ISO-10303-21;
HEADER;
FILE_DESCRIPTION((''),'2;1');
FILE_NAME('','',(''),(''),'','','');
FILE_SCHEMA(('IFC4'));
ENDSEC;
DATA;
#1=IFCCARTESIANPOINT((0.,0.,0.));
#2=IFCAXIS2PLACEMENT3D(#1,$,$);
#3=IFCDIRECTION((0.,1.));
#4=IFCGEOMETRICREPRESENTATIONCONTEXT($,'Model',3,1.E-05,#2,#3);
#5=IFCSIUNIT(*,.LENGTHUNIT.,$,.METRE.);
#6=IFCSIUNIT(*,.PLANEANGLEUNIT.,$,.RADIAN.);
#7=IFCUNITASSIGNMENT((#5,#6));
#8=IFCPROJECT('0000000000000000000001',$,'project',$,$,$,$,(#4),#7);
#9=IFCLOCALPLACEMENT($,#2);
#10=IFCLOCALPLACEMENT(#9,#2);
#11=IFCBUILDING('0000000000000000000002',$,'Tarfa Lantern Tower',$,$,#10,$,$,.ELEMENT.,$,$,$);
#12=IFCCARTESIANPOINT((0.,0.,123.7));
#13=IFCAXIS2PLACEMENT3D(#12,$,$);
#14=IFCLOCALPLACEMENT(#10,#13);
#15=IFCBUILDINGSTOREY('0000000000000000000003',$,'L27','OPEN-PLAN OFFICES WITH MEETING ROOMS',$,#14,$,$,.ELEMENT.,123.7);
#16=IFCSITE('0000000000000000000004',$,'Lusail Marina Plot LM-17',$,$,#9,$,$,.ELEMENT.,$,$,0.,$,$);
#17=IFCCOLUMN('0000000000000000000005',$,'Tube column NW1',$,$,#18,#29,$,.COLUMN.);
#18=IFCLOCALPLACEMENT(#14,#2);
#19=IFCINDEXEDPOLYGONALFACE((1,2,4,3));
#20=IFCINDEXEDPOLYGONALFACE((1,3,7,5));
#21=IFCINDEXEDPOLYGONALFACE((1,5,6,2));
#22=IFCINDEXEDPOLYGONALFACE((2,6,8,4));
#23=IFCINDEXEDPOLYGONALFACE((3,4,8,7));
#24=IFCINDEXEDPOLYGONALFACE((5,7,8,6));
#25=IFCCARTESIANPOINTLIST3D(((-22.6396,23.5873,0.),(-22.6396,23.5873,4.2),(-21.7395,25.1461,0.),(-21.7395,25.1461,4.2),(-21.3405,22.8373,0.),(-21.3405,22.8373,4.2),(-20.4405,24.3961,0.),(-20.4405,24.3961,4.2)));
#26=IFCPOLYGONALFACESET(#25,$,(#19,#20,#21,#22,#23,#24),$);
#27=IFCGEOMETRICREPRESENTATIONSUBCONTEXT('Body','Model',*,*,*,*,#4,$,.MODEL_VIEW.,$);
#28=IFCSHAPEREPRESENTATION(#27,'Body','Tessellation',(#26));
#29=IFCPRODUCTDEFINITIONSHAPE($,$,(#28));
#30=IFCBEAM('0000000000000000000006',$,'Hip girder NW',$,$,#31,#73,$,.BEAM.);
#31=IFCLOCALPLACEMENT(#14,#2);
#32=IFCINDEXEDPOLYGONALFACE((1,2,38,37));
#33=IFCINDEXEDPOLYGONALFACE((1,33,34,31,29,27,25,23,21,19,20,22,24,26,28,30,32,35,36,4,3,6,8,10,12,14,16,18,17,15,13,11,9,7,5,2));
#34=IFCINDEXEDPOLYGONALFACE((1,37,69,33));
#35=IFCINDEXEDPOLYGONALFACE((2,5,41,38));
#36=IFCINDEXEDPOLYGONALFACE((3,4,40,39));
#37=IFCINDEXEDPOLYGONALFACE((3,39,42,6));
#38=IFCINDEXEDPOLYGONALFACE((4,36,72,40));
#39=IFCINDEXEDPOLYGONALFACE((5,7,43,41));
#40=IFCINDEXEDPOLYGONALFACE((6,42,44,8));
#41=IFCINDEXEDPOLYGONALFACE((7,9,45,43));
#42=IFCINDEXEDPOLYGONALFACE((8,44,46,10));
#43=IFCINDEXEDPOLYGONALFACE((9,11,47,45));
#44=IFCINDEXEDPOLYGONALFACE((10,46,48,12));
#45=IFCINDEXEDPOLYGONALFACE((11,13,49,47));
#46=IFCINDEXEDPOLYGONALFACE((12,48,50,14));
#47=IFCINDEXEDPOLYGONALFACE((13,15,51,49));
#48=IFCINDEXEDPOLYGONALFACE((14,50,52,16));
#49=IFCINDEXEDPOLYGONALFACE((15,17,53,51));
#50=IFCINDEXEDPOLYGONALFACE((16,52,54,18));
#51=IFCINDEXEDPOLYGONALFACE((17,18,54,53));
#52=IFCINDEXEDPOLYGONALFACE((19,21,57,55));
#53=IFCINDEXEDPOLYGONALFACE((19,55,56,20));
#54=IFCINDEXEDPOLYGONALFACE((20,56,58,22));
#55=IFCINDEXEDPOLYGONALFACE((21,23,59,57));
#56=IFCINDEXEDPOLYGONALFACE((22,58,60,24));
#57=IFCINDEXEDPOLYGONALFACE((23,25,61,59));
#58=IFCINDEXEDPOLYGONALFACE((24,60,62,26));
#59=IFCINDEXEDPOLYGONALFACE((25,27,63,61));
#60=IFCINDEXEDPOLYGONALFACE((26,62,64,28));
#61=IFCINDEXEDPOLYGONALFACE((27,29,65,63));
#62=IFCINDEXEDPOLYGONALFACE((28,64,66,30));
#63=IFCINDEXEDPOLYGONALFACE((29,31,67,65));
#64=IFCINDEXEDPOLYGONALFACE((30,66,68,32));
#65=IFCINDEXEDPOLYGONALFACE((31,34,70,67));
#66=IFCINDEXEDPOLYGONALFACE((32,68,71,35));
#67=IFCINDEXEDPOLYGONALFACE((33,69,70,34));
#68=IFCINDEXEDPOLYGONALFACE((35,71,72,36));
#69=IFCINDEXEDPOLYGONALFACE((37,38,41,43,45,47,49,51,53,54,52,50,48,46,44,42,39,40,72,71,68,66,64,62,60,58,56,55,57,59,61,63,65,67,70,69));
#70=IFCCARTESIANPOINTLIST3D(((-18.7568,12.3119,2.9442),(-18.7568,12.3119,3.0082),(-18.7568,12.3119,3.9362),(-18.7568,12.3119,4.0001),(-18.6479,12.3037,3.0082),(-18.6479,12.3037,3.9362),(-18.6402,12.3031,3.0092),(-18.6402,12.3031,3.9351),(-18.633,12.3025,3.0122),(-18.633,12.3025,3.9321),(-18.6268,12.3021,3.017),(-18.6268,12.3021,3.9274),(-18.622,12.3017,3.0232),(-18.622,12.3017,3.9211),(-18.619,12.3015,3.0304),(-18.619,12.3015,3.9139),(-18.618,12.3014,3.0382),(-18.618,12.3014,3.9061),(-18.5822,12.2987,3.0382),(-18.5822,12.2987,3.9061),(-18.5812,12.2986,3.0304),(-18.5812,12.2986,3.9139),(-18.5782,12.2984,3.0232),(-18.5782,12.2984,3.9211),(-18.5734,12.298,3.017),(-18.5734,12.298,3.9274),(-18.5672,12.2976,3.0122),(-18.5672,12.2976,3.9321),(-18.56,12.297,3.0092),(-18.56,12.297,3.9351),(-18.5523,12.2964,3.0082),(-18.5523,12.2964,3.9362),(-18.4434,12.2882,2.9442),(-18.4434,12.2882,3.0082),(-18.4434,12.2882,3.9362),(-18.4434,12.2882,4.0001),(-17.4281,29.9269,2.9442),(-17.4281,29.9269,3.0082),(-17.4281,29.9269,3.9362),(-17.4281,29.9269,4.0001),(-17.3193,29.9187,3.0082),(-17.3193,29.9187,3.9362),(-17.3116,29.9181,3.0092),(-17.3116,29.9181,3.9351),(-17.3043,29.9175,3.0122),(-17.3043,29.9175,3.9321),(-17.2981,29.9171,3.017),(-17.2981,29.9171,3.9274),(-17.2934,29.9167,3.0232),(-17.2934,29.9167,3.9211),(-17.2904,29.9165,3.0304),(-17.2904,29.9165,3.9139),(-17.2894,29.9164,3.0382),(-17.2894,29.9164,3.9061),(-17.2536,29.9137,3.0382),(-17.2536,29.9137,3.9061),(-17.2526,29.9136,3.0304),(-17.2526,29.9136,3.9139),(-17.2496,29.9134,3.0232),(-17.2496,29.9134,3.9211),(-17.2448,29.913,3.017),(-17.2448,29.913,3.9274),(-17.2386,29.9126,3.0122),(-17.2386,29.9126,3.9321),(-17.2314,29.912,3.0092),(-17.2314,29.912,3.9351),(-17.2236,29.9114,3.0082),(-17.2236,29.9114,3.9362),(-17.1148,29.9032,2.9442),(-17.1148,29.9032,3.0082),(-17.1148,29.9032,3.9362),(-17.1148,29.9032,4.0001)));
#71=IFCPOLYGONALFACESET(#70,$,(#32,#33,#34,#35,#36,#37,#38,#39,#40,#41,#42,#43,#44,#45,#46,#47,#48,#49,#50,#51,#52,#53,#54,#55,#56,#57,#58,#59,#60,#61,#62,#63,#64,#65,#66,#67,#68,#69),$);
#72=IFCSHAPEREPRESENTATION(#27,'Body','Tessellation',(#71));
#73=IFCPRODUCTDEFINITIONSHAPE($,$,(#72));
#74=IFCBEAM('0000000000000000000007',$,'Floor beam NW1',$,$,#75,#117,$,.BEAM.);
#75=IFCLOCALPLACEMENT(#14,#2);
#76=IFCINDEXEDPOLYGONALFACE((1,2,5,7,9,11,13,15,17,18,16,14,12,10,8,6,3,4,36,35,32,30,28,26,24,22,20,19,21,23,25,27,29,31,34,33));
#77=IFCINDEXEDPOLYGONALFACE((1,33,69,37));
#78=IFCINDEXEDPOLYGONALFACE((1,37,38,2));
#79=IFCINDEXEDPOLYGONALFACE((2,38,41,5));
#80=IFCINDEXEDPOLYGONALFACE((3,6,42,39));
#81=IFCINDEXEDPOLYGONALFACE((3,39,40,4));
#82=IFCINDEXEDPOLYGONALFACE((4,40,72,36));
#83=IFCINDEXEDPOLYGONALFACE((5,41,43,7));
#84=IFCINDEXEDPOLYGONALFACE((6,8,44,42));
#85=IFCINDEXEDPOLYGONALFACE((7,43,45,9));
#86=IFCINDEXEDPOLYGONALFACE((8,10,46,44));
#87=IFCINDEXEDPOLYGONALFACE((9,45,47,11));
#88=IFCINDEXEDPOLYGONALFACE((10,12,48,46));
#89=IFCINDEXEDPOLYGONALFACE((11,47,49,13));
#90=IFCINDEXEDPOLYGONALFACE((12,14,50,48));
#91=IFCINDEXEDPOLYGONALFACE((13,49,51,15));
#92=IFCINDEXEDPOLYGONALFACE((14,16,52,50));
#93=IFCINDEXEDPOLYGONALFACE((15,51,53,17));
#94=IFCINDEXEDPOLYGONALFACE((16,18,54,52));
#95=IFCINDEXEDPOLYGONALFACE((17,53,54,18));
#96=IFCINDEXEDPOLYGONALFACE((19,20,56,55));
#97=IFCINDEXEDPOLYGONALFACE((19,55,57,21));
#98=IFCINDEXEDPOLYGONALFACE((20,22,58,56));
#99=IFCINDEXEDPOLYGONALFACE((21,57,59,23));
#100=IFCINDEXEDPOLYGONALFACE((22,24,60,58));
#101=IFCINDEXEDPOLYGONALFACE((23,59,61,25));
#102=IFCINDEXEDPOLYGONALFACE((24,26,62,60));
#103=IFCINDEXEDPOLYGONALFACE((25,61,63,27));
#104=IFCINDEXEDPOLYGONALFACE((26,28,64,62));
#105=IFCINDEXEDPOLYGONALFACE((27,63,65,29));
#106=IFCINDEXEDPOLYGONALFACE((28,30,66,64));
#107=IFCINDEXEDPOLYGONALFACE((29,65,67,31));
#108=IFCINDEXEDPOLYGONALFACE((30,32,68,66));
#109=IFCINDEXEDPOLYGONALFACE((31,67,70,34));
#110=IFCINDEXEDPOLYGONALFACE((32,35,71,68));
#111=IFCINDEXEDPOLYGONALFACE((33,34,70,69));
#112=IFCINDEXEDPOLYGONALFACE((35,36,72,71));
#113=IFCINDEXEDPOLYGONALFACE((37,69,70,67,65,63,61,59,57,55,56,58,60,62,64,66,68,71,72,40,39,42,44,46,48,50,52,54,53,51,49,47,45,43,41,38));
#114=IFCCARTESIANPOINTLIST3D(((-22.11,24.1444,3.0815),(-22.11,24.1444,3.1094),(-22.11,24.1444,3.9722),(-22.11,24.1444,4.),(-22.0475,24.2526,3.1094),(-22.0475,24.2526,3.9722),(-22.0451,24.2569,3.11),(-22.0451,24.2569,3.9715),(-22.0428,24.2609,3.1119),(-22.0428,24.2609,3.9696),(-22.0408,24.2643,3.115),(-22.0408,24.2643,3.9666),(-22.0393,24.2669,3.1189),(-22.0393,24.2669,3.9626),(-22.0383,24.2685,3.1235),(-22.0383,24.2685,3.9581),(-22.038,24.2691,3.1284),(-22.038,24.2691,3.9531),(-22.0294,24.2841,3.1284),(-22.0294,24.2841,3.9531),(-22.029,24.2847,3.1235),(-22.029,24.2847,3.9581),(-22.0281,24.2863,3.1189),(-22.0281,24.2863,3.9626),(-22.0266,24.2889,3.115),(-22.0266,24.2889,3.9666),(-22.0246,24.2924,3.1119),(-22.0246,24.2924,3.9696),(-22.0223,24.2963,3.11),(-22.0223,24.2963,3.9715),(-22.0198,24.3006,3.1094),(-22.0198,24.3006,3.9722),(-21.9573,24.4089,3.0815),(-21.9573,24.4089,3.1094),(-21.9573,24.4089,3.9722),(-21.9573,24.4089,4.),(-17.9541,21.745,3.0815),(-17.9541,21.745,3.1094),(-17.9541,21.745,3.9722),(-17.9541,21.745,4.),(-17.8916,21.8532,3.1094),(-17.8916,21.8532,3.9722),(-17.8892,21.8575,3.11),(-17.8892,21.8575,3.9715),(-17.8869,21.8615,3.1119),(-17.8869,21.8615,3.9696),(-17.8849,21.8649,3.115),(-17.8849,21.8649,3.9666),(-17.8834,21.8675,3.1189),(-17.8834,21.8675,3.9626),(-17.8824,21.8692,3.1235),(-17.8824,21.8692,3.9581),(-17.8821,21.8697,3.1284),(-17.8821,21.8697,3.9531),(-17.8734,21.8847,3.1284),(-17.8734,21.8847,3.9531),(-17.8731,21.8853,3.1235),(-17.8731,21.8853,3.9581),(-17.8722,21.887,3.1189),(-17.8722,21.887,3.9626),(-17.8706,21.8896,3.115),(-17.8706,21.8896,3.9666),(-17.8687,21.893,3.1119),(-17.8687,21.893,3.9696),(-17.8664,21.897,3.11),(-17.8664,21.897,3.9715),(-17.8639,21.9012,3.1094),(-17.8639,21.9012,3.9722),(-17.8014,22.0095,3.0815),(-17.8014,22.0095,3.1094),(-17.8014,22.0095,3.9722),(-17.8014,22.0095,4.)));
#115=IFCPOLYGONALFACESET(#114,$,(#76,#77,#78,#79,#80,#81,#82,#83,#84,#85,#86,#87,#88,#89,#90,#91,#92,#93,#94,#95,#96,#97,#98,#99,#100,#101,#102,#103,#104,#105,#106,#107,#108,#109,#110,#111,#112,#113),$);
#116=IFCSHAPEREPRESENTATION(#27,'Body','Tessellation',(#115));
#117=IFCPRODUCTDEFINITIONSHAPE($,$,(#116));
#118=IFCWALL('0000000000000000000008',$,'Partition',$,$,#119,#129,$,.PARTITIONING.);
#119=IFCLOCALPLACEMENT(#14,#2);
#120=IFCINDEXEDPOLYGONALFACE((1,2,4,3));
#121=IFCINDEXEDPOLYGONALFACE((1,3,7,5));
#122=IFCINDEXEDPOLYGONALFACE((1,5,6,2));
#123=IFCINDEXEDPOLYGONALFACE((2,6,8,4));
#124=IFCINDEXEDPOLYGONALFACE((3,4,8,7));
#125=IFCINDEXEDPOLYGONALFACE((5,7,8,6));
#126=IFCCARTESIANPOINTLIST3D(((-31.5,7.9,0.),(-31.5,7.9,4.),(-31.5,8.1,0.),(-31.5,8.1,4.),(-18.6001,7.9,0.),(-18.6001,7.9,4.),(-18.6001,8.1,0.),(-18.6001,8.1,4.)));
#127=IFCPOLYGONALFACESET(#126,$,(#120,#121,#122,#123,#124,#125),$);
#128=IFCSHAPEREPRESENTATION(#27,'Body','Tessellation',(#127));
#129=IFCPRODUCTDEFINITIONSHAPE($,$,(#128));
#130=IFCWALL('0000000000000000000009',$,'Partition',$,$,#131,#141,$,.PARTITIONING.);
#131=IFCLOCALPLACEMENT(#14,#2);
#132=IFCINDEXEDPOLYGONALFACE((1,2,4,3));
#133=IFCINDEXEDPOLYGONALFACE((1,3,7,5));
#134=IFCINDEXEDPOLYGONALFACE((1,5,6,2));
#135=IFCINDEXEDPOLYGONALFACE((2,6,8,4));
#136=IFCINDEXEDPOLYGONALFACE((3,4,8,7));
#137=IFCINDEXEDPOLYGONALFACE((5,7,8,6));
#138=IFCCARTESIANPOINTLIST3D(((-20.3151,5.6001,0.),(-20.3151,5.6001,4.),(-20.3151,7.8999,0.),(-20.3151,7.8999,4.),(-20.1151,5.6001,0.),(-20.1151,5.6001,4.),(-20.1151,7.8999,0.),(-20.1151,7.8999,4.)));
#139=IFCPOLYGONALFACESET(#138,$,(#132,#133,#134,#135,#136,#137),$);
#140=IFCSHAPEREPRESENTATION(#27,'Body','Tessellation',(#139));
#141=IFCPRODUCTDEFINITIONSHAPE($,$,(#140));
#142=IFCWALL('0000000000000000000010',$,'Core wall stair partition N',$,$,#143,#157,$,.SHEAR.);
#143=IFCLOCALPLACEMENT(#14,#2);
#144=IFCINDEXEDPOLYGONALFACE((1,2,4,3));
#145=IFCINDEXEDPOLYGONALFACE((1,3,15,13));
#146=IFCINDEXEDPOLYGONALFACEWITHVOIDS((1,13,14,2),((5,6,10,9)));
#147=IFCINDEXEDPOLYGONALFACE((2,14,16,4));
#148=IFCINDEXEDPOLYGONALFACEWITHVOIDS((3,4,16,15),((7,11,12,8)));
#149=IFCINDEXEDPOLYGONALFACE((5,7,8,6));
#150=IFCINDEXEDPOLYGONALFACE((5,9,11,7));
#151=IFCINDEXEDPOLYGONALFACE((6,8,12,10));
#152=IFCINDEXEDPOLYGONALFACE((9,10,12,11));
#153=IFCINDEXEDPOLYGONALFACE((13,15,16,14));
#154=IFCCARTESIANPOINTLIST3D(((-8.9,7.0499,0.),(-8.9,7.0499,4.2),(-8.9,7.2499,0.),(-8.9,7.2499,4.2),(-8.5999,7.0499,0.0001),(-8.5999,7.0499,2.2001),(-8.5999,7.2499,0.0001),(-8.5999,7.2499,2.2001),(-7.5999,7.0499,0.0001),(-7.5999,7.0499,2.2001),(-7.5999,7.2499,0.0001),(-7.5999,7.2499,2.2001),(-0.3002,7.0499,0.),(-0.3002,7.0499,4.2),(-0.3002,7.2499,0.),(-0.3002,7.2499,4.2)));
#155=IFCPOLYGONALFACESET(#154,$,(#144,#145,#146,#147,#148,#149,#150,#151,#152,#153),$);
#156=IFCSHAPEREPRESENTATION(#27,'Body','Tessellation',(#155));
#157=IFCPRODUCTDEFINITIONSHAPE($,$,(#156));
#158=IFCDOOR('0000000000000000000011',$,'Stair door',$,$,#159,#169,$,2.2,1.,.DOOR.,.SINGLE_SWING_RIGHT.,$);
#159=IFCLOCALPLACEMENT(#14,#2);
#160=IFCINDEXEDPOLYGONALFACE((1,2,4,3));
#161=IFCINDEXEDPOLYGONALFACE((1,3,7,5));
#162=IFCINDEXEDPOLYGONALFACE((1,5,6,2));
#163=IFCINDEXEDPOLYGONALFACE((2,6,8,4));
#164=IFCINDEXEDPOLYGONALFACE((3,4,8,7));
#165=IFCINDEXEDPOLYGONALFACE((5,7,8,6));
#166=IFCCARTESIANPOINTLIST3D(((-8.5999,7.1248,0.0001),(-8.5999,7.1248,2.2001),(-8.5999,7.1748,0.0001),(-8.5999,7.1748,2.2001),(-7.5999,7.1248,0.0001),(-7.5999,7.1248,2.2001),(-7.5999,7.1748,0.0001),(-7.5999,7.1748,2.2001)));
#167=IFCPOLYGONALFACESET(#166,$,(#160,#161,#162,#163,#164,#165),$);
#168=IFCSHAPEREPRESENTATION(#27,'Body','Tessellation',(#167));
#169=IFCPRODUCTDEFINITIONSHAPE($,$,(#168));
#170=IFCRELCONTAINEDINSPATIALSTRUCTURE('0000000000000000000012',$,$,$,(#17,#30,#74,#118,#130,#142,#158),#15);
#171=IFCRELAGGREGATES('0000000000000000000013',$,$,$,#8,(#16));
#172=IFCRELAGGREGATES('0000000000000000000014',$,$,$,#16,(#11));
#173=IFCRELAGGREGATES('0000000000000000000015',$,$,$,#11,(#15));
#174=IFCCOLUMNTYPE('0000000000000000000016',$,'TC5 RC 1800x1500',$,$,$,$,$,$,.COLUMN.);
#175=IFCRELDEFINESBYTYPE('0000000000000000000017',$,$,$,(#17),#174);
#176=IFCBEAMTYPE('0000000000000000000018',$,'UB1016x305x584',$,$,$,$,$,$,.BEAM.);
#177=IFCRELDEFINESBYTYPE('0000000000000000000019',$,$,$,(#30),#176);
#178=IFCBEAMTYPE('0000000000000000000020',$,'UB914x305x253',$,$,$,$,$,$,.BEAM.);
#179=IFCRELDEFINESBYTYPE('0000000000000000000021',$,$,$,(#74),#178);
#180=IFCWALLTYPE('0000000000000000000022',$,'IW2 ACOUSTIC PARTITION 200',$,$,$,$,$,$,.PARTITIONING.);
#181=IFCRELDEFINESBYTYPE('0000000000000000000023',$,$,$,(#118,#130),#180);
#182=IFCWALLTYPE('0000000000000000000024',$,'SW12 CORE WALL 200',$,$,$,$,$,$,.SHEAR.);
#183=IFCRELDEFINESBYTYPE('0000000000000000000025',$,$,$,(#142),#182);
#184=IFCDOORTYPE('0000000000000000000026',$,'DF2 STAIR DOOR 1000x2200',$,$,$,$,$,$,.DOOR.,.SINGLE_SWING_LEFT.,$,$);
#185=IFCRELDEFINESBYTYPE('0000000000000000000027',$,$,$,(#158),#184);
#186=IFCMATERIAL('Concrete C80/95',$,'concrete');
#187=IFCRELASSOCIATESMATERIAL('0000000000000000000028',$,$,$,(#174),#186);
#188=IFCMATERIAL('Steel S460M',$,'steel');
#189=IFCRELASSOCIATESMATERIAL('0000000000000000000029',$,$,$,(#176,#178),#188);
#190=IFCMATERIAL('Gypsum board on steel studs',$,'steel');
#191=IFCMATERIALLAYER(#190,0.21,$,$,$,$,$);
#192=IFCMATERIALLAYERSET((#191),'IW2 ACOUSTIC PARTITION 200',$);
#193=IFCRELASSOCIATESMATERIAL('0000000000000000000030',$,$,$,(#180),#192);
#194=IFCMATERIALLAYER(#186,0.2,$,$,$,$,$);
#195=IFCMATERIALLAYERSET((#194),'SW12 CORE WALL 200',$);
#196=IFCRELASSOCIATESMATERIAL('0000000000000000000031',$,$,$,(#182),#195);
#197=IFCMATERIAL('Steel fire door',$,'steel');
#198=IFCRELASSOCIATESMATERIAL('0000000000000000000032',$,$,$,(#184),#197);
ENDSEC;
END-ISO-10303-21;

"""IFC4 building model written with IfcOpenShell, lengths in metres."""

from ifc_helpers import new_model, si_unit, direction, frame, frame_2d, origin, origin_2d, place, context, subcontext, project, spatial, rectangle, i_section, extrude, material, layer, layer_set, material_profile, profile_set, type_object, element, fill, save


model = new_model("IFC4")

# Units and contexts
model_context = context("Model", 3, precision=1e-05, world=origin(), true_north=direction((0.0, 1.0)))
body_context = subcontext(model_context, "Body", "Model", "MODEL_VIEW")
ifc_project = project(units=[si_unit("LENGTHUNIT", "METRE"), si_unit("PLANEANGLEUNIT", "RADIAN")], contexts=[model_context])

# Site, building, storey
site_placement = place(None, origin())
site = spatial("IfcSite", under=ifc_project, at=site_placement, Name="Lusail Marina Plot LM-17", CompositionType="ELEMENT", RefElevation=0.0)
building_placement = place(site_placement, origin())
building = spatial("IfcBuilding", under=site, at=building_placement, Name="Tarfa Lantern Tower", CompositionType="ELEMENT")
storey_placement = place(building_placement, frame((0.0, 0.0, 123.7)))
storey = spatial("IfcBuildingStorey", under=building, at=storey_placement, Name="L27", Description="OPEN-PLAN OFFICES WITH MEETING ROOMS", CompositionType="ELEMENT", Elevation=123.7)

# Column
ifc_material_1 = material(Name="Concrete C80/95", Category="concrete")
ifc_material_profile_1 = material_profile(ifc_material_1, rectangle(XDim=1.8, YDim=1.5, at=origin_2d()), Name="RC 1800x1500")
ifc_profile_set_1 = profile_set([ifc_material_profile_1], Name="Concrete C80/95")
column_type = type_object("IfcColumnType", Name="TC5 RC 1800x1500", PredefinedType="COLUMN", material=ifc_profile_set_1)
column_placement = place(storey_placement, frame((-21.54, 23.9917, 0.0), z_axis=(0.0, 0.0, 1.0), x_axis=(-0.5, -0.866025, 0.0)))
element("IfcColumn", 1, at=column_placement, inside=storey, type_object=column_type, Name="Tube column NW1", PredefinedType="COLUMN", context=body_context, shape_type="SweptSolid", body=[
    extrude(rectangle(XDim=1.8, YDim=1.5, at=origin_2d()), origin(), (0.0, 0.0, 1.0), 4.2),
])

# Beams
ifc_material_2 = material(Name="Steel S460M", Category="steel")
ifc_material_profile_2 = material_profile(ifc_material_2, i_section(OverallWidth=0.3142, OverallDepth=1.0559, WebThickness=0.0359, FlangeThickness=0.064, FilletRadius=0.03, at=origin_2d()), Name="UB1016x305x584")
ifc_profile_set_2 = profile_set([ifc_material_profile_2], Name="Steel S460M")
beam_type_1 = type_object("IfcBeamType", Name="UB1016x305x584", PredefinedType="BEAM", material=ifc_profile_set_2)
beam_1_placement = place(storey_placement, frame((-18.6001, 12.3, 3.4722), z_axis=(0.075212, 0.997168, 0.0), x_axis=(-0.997168, 0.075212, 0.0)))
element("IfcBeam", 2, at=beam_1_placement, inside=storey, type_object=beam_type_1, Name="Hip girder NW", PredefinedType="BEAM", context=body_context, shape_type="SweptSolid", body=[
    extrude(i_section(OverallWidth=0.3142, OverallDepth=1.0559, WebThickness=0.0359, FlangeThickness=0.064, FilletRadius=0.03, at=origin_2d()), origin(), (0.0, 0.0, 1.0), 17.665),
])
ifc_material_profile_3 = material_profile(ifc_material_2, i_section(OverallWidth=0.3054, OverallDepth=0.9185, WebThickness=0.0173, FlangeThickness=0.0278, FilletRadius=0.019, at=origin_2d()), Name="UB914x305x253")
ifc_profile_set_3 = profile_set([ifc_material_profile_3], Name="Steel S460M")
beam_type_2 = type_object("IfcBeamType", Name="UB914x305x253", PredefinedType="BEAM", material=ifc_profile_set_3)
beam_2_placement = place(storey_placement, frame((-22.0337, 24.2766, 3.5408), z_axis=(0.866031, -0.499991, 0.0), x_axis=(0.499991, 0.866031, 0.0)))
element("IfcBeam", 3, at=beam_2_placement, inside=storey, type_object=beam_type_2, Name="Floor beam NW1", PredefinedType="BEAM", context=body_context, shape_type="SweptSolid", body=[
    extrude(i_section(OverallWidth=0.3054, OverallDepth=0.9185, WebThickness=0.0173, FlangeThickness=0.0278, FilletRadius=0.019, at=origin_2d()), origin(), (0.0, 0.0, 1.0), 4.7988),
])

# Walls
ifc_material_3 = material(Name="Gypsum board on steel studs", Category="steel")
ifc_layer_1 = layer(ifc_material_3, 0.21)
ifc_layer_set_1 = layer_set([ifc_layer_1], Name="IW2 ACOUSTIC PARTITION 200")
wall_type_1 = type_object("IfcWallType", Name="IW2 ACOUSTIC PARTITION 200", PredefinedType="PARTITIONING", material=ifc_layer_set_1)
wall_1_placement = place(storey_placement, frame((-18.6001, 8.0, 0.0), z_axis=(0.0, 0.0, 1.0), x_axis=(-1.0, 0.0, 0.0)))
element("IfcWall", 4, at=wall_1_placement, inside=storey, type_object=wall_type_1, Name="Partition", PredefinedType="PARTITIONING", context=body_context, shape_type="SweptSolid", body=[
    extrude(rectangle(XDim=12.8999, YDim=0.2, at=frame_2d((6.45, 0.0))), origin(), (0.0, 0.0, 1.0), 4.0),
])
wall_2_placement = place(storey_placement, frame((-20.2151, 7.8999, 0.0), z_axis=(0.0, 0.0, 1.0), x_axis=(0.0, -1.0, 0.0)))
element("IfcWall", 5, at=wall_2_placement, inside=storey, type_object=wall_type_1, Name="Partition", PredefinedType="PARTITIONING", context=body_context, shape_type="SweptSolid", body=[
    extrude(rectangle(XDim=2.2998, YDim=0.2, at=frame_2d((1.1499, 0.0))), origin(), (0.0, 0.0, 1.0), 4.0),
])

# Wall, opening, door
ifc_material_4 = material(Name="Steel fire door", Category="steel")
ifc_layer_2 = layer(ifc_material_1, 0.2)
ifc_layer_set_2 = layer_set([ifc_layer_2], Name="SW12 CORE WALL 200")
wall_type_2 = type_object("IfcWallType", Name="SW12 CORE WALL 200", PredefinedType="SHEAR", material=ifc_layer_set_2)
wall_3_placement = place(storey_placement, frame((-8.8999, 7.1499, 0.0), z_axis=(0.0, 0.0, 1.0), x_axis=(1.0, 0.0, 0.0)))
wall_3 = element("IfcWall", 6, at=wall_3_placement, inside=storey, type_object=wall_type_2, Name="Core wall stair partition N", PredefinedType="SHEAR", context=body_context, shape_type="SweptSolid", body=[
    extrude(rectangle(XDim=8.5999, YDim=0.2, at=frame_2d((4.2998, 0.0))), origin(), (0.0, 0.0, 1.0), 4.2),
])
opening_1_placement = place(wall_3_placement, frame((0.3, 0.0, 0.0)))
opening_1 = element("IfcOpeningElement", 7, at=opening_1_placement, cuts=wall_3, PredefinedType="OPENING", context=body_context, shape_type="SweptSolid", body=[
    extrude(rectangle(XDim=1.0, YDim=2.2, at=frame_2d((0.5, 1.1001))), frame((0.0, 0.1099, 0.0), z_axis=(0.0, -1.0, 0.0), x_axis=(1.0, 0.0, 0.0)), (0.0, 0.0, 1.0), 0.22),
])
door_type_1 = type_object("IfcDoorType", Name="DF2 STAIR DOOR 1000x2200", OperationType="SINGLE_SWING_LEFT", PredefinedType="DOOR", material=ifc_material_4)
door_1_placement = place(opening_1_placement, origin())
door_1 = element("IfcDoor", 8, at=door_1_placement, inside=storey, type_object=door_type_1, Name="Stair door", OperationType="SINGLE_SWING_RIGHT", OverallHeight=2.2, OverallWidth=1.0, PredefinedType="DOOR", context=body_context, shape_type="SweptSolid", body=[
    extrude(rectangle(XDim=1.0, YDim=2.2, at=frame_2d((0.5, 1.1001))), frame((0.0, 0.0249, 0.0), z_axis=(0.0, -1.0, 0.0), x_axis=(1.0, 0.0, 0.0)), (0.0, 0.0, 1.0), 0.05),
])
fill(opening_1, door_1)

save(model, "model.ifc")
